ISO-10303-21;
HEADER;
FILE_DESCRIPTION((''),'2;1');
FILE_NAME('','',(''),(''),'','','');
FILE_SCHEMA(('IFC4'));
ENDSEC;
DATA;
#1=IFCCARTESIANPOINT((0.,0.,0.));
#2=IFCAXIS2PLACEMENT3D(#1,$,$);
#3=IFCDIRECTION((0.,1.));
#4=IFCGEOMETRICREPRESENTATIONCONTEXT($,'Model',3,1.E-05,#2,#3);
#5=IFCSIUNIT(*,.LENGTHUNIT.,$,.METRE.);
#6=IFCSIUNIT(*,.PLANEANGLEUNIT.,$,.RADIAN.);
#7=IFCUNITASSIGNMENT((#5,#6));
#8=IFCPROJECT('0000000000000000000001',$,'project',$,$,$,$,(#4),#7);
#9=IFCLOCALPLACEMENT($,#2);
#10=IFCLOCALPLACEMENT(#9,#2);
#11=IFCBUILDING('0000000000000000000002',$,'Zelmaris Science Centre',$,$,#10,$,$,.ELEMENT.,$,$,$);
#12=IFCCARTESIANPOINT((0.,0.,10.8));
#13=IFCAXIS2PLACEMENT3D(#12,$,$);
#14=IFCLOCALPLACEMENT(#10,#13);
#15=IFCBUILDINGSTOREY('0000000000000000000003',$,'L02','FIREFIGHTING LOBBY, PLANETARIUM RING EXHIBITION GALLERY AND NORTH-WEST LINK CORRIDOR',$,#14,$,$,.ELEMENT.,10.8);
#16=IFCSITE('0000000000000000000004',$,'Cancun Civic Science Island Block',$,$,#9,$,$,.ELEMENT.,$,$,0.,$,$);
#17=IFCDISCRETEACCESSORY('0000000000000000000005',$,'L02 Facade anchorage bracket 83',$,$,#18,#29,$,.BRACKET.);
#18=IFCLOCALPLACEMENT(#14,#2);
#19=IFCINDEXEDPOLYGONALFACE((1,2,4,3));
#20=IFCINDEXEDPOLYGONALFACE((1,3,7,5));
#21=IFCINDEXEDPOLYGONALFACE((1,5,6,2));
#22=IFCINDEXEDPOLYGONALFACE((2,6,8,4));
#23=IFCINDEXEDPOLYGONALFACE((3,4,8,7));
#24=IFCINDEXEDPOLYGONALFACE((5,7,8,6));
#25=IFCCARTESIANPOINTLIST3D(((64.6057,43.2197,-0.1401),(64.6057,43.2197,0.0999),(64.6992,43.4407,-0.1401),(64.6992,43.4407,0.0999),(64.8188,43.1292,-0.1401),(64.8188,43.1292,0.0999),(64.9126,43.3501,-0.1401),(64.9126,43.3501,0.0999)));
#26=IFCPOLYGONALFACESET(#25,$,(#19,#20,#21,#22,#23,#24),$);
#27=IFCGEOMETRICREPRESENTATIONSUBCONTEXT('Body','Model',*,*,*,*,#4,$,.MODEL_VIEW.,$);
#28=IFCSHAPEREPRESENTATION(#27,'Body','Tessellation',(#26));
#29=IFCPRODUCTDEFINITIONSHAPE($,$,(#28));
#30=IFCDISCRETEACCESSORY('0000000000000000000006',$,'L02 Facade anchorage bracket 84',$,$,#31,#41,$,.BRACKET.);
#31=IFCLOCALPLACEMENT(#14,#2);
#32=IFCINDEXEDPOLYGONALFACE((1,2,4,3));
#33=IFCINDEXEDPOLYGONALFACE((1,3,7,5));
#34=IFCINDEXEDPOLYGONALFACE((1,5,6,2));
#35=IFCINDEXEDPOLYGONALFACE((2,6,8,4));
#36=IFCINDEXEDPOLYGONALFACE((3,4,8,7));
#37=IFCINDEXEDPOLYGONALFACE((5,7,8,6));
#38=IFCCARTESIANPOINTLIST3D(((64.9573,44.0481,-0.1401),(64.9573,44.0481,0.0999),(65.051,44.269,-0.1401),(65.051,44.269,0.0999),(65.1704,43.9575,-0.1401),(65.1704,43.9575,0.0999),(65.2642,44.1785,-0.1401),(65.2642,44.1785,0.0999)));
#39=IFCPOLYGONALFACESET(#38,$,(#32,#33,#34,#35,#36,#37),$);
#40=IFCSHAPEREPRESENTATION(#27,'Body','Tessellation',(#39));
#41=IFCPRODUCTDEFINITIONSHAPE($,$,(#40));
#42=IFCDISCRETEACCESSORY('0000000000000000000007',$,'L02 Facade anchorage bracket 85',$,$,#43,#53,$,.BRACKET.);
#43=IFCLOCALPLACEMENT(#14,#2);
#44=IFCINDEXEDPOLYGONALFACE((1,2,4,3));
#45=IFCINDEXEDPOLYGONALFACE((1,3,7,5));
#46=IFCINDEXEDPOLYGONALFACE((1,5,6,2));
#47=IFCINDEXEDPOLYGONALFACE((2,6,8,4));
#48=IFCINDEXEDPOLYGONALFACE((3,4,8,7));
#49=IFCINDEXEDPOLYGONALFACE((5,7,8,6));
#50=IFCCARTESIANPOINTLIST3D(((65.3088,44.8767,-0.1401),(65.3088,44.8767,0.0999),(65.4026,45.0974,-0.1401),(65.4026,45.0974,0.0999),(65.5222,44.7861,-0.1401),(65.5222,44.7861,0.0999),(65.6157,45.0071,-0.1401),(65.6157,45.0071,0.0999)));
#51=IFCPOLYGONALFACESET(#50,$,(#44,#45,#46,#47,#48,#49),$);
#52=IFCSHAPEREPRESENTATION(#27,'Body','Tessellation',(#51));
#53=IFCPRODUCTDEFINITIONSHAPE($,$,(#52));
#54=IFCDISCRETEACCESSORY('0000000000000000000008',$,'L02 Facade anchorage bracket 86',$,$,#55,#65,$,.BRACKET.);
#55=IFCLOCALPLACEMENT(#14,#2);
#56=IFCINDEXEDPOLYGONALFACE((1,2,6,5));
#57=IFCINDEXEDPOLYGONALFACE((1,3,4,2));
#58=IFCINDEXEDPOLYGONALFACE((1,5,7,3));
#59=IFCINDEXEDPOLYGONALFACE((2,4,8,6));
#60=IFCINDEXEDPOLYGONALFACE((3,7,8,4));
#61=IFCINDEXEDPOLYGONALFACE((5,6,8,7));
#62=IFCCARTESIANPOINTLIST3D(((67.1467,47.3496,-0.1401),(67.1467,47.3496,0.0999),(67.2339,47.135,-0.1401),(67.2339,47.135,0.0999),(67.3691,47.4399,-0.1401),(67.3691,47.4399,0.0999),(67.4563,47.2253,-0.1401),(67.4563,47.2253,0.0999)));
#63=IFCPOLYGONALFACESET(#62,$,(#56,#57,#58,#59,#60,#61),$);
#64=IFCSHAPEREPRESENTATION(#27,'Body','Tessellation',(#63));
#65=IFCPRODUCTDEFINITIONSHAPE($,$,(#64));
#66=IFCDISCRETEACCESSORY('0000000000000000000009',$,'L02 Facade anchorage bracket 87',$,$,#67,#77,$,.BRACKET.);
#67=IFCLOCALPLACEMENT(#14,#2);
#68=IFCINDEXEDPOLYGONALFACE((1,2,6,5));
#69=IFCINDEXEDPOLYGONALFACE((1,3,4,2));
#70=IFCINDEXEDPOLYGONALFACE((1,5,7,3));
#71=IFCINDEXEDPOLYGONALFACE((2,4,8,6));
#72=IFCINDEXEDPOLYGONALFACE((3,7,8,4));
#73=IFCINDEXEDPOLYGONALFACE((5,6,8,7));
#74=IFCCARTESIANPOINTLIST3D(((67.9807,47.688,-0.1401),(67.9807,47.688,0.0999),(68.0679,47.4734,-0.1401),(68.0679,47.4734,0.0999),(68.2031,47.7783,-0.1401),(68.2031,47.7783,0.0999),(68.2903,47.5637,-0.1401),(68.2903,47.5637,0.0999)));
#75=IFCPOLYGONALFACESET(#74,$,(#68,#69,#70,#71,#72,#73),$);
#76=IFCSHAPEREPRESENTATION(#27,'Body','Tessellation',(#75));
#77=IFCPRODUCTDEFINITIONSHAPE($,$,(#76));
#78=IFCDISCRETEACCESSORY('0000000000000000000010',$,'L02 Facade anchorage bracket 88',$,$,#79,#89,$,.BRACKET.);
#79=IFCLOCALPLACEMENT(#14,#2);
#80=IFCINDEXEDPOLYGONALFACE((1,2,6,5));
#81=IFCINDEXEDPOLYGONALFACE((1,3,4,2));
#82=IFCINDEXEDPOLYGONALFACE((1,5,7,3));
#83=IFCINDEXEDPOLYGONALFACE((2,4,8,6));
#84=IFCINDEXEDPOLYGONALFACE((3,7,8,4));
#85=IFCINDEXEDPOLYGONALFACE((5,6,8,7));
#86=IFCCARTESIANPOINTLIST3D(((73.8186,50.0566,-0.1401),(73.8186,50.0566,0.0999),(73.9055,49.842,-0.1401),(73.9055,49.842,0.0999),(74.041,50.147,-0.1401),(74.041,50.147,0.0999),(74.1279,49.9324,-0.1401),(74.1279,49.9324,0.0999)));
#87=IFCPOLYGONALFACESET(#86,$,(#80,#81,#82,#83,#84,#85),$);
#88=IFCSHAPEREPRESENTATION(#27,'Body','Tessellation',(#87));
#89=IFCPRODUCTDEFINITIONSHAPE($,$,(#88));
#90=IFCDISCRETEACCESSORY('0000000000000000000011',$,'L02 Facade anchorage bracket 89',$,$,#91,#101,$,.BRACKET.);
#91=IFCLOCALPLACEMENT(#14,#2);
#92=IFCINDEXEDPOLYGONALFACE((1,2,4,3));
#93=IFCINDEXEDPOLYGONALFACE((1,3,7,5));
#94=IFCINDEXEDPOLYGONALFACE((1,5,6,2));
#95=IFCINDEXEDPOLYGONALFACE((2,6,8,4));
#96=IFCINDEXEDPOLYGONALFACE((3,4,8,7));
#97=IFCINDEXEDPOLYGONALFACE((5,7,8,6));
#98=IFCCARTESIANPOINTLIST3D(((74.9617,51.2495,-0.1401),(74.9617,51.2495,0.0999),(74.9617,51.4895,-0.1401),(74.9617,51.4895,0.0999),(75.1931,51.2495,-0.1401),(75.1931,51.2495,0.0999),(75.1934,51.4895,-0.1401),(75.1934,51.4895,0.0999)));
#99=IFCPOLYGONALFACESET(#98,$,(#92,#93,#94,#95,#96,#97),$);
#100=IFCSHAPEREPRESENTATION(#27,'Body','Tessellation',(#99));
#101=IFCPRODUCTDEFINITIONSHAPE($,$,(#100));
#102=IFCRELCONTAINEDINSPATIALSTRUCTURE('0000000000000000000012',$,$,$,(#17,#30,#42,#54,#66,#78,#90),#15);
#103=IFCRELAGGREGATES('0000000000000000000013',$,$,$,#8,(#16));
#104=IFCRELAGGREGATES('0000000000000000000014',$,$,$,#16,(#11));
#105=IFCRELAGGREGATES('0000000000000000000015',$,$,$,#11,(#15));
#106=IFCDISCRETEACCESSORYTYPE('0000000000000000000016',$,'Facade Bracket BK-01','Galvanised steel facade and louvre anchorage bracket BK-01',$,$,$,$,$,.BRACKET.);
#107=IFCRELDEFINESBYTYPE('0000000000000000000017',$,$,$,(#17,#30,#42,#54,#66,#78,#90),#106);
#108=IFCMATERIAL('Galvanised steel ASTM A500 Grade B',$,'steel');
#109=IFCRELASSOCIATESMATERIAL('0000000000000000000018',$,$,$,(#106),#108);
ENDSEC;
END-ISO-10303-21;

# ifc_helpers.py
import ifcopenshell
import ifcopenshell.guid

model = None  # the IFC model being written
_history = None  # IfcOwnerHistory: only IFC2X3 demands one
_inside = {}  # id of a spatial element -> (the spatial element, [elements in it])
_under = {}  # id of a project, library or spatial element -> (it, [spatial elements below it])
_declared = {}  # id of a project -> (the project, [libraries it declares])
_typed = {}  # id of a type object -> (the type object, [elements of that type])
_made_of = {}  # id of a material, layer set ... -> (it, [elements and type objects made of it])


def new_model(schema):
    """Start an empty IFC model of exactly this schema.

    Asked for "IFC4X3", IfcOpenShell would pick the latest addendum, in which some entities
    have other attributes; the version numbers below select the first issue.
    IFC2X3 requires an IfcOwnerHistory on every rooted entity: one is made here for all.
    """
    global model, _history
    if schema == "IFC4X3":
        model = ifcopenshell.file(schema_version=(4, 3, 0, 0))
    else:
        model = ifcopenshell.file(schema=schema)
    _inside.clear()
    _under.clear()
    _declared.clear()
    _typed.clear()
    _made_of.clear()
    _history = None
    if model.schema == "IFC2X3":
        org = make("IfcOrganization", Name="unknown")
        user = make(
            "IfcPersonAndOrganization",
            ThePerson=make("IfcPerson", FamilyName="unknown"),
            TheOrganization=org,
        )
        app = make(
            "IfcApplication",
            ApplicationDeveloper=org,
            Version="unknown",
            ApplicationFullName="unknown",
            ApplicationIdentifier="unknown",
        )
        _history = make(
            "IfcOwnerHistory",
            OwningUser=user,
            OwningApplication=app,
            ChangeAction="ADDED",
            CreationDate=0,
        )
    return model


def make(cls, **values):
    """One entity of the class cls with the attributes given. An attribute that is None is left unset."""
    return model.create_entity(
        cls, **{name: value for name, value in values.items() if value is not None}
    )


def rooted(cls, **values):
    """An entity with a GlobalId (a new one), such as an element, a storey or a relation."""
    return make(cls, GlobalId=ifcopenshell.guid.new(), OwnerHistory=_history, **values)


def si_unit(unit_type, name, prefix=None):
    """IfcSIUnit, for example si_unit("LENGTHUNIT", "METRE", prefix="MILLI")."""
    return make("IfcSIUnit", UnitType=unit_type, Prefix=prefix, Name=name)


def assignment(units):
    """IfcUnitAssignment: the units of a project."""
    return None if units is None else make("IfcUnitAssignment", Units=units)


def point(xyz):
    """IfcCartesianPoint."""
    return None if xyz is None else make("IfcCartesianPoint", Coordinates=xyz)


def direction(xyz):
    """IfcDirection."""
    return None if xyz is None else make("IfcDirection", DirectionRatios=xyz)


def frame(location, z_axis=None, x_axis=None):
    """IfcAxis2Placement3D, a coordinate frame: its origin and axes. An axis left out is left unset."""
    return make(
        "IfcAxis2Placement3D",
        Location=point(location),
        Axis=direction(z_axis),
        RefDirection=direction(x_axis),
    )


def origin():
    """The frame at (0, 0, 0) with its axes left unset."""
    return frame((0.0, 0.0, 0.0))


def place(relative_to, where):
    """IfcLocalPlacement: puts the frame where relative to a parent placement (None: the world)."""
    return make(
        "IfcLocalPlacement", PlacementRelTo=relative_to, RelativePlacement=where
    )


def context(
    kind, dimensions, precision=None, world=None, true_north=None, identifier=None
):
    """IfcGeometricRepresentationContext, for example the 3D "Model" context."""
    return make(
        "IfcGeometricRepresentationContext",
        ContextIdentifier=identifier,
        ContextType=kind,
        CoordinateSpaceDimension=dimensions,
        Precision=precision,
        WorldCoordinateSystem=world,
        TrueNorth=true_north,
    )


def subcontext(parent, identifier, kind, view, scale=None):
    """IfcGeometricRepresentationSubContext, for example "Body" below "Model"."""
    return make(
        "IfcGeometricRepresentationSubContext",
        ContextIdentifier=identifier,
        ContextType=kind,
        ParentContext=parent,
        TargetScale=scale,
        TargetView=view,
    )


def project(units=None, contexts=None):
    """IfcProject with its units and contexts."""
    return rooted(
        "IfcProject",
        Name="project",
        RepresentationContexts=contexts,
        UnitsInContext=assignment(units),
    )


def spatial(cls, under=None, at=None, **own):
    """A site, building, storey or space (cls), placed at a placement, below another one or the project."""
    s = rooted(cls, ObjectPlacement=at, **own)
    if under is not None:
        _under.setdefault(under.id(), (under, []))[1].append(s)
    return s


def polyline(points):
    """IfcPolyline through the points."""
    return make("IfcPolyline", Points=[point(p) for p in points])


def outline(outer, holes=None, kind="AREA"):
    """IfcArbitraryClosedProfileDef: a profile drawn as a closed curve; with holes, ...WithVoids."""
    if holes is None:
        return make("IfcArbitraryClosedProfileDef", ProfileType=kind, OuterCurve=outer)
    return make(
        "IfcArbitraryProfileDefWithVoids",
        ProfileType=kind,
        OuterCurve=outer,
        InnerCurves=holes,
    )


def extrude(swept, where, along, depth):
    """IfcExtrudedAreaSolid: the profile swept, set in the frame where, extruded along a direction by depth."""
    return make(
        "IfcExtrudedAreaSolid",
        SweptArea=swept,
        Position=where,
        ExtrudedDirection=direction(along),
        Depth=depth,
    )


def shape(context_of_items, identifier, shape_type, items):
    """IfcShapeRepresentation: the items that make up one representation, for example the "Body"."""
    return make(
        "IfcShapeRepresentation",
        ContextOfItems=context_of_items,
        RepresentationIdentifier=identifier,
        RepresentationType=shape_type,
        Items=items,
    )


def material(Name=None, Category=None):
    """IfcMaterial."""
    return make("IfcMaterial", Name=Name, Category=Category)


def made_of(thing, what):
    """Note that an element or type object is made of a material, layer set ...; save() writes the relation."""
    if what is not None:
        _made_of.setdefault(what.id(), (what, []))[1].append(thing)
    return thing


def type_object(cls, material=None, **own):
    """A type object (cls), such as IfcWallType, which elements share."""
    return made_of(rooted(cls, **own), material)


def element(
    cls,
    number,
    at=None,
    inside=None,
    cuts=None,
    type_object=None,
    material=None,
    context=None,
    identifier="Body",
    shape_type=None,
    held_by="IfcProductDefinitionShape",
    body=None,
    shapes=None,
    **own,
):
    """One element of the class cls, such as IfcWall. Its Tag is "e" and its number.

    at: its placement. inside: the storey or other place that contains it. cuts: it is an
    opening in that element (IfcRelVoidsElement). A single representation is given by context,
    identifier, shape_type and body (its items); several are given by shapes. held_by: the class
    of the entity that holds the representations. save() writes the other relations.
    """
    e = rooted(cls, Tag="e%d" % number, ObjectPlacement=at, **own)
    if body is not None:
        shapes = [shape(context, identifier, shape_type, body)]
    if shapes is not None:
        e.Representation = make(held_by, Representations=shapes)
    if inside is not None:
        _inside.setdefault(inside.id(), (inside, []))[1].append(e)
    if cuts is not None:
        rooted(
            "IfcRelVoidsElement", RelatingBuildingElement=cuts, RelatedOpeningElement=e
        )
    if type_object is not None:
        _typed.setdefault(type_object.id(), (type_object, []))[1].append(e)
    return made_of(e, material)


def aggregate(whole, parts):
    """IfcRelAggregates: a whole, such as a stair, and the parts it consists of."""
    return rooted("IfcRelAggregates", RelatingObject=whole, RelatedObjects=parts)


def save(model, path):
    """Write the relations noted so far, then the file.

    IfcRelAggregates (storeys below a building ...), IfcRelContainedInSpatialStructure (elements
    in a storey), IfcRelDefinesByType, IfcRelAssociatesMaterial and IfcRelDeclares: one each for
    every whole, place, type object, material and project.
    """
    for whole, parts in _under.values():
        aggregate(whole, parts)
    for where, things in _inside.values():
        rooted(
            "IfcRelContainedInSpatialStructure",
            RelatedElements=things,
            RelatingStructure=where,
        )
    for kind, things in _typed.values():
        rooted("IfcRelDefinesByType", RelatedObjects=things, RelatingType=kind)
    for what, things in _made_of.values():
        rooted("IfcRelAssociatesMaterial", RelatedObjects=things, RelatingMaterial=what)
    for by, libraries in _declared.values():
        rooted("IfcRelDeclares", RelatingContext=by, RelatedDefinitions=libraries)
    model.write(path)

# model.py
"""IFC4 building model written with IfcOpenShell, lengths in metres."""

from ifc_helpers import new_model, si_unit, direction, frame, origin, place, context, subcontext, project, spatial, polyline, outline, extrude, material, type_object, element, save


model = new_model("IFC4")

# Units and contexts
model_context = context("Model", 3, precision=1e-05, world=origin(), true_north=direction((0.0, 1.0)))
body_context = subcontext(model_context, "Body", "Model", "MODEL_VIEW")
ifc_project = project(units=[si_unit("LENGTHUNIT", "METRE"), si_unit("PLANEANGLEUNIT", "RADIAN")], contexts=[model_context])

# Site, building, storey
site_placement = place(None, origin())
site = spatial("IfcSite", under=ifc_project, at=site_placement, Name="Cancun Civic Science Island Block", CompositionType="ELEMENT", RefElevation=0.0)
building_placement = place(site_placement, origin())
building = spatial("IfcBuilding", under=site, at=building_placement, Name="Zelmaris Science Centre", CompositionType="ELEMENT")
storey_placement = place(building_placement, frame((0.0, 0.0, 10.8)))
storey = spatial("IfcBuildingStorey", under=building, at=storey_placement, Name="L02", Description="FIREFIGHTING LOBBY, PLANETARIUM RING EXHIBITION GALLERY AND NORTH-WEST LINK CORRIDOR", CompositionType="ELEMENT", Elevation=10.8)

# Discrete accessories
ifc_material = material(Name="Galvanised steel ASTM A500 Grade B", Category="steel")
discrete_accessory_type = type_object("IfcDiscreteAccessoryType", Name="Facade Bracket BK-01", Description="Galvanised steel facade and louvre anchorage bracket BK-01", PredefinedType="BRACKET", material=ifc_material)
discrete_accessory_1_placement = place(storey_placement, frame((0.0, 0.0, -0.1401)))
element("IfcDiscreteAccessory", 1, at=discrete_accessory_1_placement, inside=storey, type_object=discrete_accessory_type, Name="L02 Facade anchorage bracket 83", PredefinedType="BRACKET", context=body_context, shape_type="SweptSolid", body=[
    extrude(outline(polyline([(64.8188, 43.1292), (64.9126, 43.3501), (64.6992, 43.4407), (64.6057, 43.2197), (64.8188, 43.1292)])), origin(), (0.0, 0.0, 1.0), 0.24),
])
discrete_accessory_2_placement = place(storey_placement, frame((0.0, 0.0, -0.1401)))
element("IfcDiscreteAccessory", 2, at=discrete_accessory_2_placement, inside=storey, type_object=discrete_accessory_type, Name="L02 Facade anchorage bracket 84", PredefinedType="BRACKET", context=body_context, shape_type="SweptSolid", body=[
    extrude(outline(polyline([(65.1704, 43.9575), (65.2642, 44.1785), (65.051, 44.269), (64.9573, 44.0481), (65.1704, 43.9575)])), origin(), (0.0, 0.0, 1.0), 0.24),
])
discrete_accessory_3_placement = place(storey_placement, frame((0.0, 0.0, -0.1401)))
element("IfcDiscreteAccessory", 3, at=discrete_accessory_3_placement, inside=storey, type_object=discrete_accessory_type, Name="L02 Facade anchorage bracket 85", PredefinedType="BRACKET", context=body_context, shape_type="SweptSolid", body=[
    extrude(outline(polyline([(65.5222, 44.7861), (65.6157, 45.0071), (65.4026, 45.0974), (65.3088, 44.8767), (65.5222, 44.7861)])), origin(), (0.0, 0.0, 1.0), 0.24),
])
discrete_accessory_4_placement = place(storey_placement, frame((0.0, 0.0, -0.1401)))
element("IfcDiscreteAccessory", 4, at=discrete_accessory_4_placement, inside=storey, type_object=discrete_accessory_type, Name="L02 Facade anchorage bracket 86", PredefinedType="BRACKET", context=body_context, shape_type="SweptSolid", body=[
    extrude(outline(polyline([(67.2339, 47.135), (67.4563, 47.2253), (67.3691, 47.4399), (67.1467, 47.3496), (67.2339, 47.135)])), origin(), (0.0, 0.0, 1.0), 0.24),
])
discrete_accessory_5_placement = place(storey_placement, frame((0.0, 0.0, -0.1401)))
element("IfcDiscreteAccessory", 5, at=discrete_accessory_5_placement, inside=storey, type_object=discrete_accessory_type, Name="L02 Facade anchorage bracket 87", PredefinedType="BRACKET", context=body_context, shape_type="SweptSolid", body=[
    extrude(outline(polyline([(68.0679, 47.4734), (68.2903, 47.5637), (68.2031, 47.7783), (67.9807, 47.688), (68.0679, 47.4734)])), origin(), (0.0, 0.0, 1.0), 0.24),
])
discrete_accessory_6_placement = place(storey_placement, frame((0.0, 0.0, -0.1401)))
element("IfcDiscreteAccessory", 6, at=discrete_accessory_6_placement, inside=storey, type_object=discrete_accessory_type, Name="L02 Facade anchorage bracket 88", PredefinedType="BRACKET", context=body_context, shape_type="SweptSolid", body=[
    extrude(outline(polyline([(73.9055, 49.842), (74.1279, 49.9324), (74.041, 50.147), (73.8186, 50.0566), (73.9055, 49.842)])), origin(), (0.0, 0.0, 1.0), 0.24),
])
discrete_accessory_7_placement = place(storey_placement, frame((0.0, 0.0, -0.1401)))
element("IfcDiscreteAccessory", 7, at=discrete_accessory_7_placement, inside=storey, type_object=discrete_accessory_type, Name="L02 Facade anchorage bracket 89", PredefinedType="BRACKET", context=body_context, shape_type="SweptSolid", body=[
    extrude(outline(polyline([(75.1931, 51.2495), (75.1934, 51.4895), (74.9617, 51.4895), (74.9617, 51.2495), (75.1931, 51.2495)])), origin(), (0.0, 0.0, 1.0), 0.24),
])

save(model, "model.ifc")
